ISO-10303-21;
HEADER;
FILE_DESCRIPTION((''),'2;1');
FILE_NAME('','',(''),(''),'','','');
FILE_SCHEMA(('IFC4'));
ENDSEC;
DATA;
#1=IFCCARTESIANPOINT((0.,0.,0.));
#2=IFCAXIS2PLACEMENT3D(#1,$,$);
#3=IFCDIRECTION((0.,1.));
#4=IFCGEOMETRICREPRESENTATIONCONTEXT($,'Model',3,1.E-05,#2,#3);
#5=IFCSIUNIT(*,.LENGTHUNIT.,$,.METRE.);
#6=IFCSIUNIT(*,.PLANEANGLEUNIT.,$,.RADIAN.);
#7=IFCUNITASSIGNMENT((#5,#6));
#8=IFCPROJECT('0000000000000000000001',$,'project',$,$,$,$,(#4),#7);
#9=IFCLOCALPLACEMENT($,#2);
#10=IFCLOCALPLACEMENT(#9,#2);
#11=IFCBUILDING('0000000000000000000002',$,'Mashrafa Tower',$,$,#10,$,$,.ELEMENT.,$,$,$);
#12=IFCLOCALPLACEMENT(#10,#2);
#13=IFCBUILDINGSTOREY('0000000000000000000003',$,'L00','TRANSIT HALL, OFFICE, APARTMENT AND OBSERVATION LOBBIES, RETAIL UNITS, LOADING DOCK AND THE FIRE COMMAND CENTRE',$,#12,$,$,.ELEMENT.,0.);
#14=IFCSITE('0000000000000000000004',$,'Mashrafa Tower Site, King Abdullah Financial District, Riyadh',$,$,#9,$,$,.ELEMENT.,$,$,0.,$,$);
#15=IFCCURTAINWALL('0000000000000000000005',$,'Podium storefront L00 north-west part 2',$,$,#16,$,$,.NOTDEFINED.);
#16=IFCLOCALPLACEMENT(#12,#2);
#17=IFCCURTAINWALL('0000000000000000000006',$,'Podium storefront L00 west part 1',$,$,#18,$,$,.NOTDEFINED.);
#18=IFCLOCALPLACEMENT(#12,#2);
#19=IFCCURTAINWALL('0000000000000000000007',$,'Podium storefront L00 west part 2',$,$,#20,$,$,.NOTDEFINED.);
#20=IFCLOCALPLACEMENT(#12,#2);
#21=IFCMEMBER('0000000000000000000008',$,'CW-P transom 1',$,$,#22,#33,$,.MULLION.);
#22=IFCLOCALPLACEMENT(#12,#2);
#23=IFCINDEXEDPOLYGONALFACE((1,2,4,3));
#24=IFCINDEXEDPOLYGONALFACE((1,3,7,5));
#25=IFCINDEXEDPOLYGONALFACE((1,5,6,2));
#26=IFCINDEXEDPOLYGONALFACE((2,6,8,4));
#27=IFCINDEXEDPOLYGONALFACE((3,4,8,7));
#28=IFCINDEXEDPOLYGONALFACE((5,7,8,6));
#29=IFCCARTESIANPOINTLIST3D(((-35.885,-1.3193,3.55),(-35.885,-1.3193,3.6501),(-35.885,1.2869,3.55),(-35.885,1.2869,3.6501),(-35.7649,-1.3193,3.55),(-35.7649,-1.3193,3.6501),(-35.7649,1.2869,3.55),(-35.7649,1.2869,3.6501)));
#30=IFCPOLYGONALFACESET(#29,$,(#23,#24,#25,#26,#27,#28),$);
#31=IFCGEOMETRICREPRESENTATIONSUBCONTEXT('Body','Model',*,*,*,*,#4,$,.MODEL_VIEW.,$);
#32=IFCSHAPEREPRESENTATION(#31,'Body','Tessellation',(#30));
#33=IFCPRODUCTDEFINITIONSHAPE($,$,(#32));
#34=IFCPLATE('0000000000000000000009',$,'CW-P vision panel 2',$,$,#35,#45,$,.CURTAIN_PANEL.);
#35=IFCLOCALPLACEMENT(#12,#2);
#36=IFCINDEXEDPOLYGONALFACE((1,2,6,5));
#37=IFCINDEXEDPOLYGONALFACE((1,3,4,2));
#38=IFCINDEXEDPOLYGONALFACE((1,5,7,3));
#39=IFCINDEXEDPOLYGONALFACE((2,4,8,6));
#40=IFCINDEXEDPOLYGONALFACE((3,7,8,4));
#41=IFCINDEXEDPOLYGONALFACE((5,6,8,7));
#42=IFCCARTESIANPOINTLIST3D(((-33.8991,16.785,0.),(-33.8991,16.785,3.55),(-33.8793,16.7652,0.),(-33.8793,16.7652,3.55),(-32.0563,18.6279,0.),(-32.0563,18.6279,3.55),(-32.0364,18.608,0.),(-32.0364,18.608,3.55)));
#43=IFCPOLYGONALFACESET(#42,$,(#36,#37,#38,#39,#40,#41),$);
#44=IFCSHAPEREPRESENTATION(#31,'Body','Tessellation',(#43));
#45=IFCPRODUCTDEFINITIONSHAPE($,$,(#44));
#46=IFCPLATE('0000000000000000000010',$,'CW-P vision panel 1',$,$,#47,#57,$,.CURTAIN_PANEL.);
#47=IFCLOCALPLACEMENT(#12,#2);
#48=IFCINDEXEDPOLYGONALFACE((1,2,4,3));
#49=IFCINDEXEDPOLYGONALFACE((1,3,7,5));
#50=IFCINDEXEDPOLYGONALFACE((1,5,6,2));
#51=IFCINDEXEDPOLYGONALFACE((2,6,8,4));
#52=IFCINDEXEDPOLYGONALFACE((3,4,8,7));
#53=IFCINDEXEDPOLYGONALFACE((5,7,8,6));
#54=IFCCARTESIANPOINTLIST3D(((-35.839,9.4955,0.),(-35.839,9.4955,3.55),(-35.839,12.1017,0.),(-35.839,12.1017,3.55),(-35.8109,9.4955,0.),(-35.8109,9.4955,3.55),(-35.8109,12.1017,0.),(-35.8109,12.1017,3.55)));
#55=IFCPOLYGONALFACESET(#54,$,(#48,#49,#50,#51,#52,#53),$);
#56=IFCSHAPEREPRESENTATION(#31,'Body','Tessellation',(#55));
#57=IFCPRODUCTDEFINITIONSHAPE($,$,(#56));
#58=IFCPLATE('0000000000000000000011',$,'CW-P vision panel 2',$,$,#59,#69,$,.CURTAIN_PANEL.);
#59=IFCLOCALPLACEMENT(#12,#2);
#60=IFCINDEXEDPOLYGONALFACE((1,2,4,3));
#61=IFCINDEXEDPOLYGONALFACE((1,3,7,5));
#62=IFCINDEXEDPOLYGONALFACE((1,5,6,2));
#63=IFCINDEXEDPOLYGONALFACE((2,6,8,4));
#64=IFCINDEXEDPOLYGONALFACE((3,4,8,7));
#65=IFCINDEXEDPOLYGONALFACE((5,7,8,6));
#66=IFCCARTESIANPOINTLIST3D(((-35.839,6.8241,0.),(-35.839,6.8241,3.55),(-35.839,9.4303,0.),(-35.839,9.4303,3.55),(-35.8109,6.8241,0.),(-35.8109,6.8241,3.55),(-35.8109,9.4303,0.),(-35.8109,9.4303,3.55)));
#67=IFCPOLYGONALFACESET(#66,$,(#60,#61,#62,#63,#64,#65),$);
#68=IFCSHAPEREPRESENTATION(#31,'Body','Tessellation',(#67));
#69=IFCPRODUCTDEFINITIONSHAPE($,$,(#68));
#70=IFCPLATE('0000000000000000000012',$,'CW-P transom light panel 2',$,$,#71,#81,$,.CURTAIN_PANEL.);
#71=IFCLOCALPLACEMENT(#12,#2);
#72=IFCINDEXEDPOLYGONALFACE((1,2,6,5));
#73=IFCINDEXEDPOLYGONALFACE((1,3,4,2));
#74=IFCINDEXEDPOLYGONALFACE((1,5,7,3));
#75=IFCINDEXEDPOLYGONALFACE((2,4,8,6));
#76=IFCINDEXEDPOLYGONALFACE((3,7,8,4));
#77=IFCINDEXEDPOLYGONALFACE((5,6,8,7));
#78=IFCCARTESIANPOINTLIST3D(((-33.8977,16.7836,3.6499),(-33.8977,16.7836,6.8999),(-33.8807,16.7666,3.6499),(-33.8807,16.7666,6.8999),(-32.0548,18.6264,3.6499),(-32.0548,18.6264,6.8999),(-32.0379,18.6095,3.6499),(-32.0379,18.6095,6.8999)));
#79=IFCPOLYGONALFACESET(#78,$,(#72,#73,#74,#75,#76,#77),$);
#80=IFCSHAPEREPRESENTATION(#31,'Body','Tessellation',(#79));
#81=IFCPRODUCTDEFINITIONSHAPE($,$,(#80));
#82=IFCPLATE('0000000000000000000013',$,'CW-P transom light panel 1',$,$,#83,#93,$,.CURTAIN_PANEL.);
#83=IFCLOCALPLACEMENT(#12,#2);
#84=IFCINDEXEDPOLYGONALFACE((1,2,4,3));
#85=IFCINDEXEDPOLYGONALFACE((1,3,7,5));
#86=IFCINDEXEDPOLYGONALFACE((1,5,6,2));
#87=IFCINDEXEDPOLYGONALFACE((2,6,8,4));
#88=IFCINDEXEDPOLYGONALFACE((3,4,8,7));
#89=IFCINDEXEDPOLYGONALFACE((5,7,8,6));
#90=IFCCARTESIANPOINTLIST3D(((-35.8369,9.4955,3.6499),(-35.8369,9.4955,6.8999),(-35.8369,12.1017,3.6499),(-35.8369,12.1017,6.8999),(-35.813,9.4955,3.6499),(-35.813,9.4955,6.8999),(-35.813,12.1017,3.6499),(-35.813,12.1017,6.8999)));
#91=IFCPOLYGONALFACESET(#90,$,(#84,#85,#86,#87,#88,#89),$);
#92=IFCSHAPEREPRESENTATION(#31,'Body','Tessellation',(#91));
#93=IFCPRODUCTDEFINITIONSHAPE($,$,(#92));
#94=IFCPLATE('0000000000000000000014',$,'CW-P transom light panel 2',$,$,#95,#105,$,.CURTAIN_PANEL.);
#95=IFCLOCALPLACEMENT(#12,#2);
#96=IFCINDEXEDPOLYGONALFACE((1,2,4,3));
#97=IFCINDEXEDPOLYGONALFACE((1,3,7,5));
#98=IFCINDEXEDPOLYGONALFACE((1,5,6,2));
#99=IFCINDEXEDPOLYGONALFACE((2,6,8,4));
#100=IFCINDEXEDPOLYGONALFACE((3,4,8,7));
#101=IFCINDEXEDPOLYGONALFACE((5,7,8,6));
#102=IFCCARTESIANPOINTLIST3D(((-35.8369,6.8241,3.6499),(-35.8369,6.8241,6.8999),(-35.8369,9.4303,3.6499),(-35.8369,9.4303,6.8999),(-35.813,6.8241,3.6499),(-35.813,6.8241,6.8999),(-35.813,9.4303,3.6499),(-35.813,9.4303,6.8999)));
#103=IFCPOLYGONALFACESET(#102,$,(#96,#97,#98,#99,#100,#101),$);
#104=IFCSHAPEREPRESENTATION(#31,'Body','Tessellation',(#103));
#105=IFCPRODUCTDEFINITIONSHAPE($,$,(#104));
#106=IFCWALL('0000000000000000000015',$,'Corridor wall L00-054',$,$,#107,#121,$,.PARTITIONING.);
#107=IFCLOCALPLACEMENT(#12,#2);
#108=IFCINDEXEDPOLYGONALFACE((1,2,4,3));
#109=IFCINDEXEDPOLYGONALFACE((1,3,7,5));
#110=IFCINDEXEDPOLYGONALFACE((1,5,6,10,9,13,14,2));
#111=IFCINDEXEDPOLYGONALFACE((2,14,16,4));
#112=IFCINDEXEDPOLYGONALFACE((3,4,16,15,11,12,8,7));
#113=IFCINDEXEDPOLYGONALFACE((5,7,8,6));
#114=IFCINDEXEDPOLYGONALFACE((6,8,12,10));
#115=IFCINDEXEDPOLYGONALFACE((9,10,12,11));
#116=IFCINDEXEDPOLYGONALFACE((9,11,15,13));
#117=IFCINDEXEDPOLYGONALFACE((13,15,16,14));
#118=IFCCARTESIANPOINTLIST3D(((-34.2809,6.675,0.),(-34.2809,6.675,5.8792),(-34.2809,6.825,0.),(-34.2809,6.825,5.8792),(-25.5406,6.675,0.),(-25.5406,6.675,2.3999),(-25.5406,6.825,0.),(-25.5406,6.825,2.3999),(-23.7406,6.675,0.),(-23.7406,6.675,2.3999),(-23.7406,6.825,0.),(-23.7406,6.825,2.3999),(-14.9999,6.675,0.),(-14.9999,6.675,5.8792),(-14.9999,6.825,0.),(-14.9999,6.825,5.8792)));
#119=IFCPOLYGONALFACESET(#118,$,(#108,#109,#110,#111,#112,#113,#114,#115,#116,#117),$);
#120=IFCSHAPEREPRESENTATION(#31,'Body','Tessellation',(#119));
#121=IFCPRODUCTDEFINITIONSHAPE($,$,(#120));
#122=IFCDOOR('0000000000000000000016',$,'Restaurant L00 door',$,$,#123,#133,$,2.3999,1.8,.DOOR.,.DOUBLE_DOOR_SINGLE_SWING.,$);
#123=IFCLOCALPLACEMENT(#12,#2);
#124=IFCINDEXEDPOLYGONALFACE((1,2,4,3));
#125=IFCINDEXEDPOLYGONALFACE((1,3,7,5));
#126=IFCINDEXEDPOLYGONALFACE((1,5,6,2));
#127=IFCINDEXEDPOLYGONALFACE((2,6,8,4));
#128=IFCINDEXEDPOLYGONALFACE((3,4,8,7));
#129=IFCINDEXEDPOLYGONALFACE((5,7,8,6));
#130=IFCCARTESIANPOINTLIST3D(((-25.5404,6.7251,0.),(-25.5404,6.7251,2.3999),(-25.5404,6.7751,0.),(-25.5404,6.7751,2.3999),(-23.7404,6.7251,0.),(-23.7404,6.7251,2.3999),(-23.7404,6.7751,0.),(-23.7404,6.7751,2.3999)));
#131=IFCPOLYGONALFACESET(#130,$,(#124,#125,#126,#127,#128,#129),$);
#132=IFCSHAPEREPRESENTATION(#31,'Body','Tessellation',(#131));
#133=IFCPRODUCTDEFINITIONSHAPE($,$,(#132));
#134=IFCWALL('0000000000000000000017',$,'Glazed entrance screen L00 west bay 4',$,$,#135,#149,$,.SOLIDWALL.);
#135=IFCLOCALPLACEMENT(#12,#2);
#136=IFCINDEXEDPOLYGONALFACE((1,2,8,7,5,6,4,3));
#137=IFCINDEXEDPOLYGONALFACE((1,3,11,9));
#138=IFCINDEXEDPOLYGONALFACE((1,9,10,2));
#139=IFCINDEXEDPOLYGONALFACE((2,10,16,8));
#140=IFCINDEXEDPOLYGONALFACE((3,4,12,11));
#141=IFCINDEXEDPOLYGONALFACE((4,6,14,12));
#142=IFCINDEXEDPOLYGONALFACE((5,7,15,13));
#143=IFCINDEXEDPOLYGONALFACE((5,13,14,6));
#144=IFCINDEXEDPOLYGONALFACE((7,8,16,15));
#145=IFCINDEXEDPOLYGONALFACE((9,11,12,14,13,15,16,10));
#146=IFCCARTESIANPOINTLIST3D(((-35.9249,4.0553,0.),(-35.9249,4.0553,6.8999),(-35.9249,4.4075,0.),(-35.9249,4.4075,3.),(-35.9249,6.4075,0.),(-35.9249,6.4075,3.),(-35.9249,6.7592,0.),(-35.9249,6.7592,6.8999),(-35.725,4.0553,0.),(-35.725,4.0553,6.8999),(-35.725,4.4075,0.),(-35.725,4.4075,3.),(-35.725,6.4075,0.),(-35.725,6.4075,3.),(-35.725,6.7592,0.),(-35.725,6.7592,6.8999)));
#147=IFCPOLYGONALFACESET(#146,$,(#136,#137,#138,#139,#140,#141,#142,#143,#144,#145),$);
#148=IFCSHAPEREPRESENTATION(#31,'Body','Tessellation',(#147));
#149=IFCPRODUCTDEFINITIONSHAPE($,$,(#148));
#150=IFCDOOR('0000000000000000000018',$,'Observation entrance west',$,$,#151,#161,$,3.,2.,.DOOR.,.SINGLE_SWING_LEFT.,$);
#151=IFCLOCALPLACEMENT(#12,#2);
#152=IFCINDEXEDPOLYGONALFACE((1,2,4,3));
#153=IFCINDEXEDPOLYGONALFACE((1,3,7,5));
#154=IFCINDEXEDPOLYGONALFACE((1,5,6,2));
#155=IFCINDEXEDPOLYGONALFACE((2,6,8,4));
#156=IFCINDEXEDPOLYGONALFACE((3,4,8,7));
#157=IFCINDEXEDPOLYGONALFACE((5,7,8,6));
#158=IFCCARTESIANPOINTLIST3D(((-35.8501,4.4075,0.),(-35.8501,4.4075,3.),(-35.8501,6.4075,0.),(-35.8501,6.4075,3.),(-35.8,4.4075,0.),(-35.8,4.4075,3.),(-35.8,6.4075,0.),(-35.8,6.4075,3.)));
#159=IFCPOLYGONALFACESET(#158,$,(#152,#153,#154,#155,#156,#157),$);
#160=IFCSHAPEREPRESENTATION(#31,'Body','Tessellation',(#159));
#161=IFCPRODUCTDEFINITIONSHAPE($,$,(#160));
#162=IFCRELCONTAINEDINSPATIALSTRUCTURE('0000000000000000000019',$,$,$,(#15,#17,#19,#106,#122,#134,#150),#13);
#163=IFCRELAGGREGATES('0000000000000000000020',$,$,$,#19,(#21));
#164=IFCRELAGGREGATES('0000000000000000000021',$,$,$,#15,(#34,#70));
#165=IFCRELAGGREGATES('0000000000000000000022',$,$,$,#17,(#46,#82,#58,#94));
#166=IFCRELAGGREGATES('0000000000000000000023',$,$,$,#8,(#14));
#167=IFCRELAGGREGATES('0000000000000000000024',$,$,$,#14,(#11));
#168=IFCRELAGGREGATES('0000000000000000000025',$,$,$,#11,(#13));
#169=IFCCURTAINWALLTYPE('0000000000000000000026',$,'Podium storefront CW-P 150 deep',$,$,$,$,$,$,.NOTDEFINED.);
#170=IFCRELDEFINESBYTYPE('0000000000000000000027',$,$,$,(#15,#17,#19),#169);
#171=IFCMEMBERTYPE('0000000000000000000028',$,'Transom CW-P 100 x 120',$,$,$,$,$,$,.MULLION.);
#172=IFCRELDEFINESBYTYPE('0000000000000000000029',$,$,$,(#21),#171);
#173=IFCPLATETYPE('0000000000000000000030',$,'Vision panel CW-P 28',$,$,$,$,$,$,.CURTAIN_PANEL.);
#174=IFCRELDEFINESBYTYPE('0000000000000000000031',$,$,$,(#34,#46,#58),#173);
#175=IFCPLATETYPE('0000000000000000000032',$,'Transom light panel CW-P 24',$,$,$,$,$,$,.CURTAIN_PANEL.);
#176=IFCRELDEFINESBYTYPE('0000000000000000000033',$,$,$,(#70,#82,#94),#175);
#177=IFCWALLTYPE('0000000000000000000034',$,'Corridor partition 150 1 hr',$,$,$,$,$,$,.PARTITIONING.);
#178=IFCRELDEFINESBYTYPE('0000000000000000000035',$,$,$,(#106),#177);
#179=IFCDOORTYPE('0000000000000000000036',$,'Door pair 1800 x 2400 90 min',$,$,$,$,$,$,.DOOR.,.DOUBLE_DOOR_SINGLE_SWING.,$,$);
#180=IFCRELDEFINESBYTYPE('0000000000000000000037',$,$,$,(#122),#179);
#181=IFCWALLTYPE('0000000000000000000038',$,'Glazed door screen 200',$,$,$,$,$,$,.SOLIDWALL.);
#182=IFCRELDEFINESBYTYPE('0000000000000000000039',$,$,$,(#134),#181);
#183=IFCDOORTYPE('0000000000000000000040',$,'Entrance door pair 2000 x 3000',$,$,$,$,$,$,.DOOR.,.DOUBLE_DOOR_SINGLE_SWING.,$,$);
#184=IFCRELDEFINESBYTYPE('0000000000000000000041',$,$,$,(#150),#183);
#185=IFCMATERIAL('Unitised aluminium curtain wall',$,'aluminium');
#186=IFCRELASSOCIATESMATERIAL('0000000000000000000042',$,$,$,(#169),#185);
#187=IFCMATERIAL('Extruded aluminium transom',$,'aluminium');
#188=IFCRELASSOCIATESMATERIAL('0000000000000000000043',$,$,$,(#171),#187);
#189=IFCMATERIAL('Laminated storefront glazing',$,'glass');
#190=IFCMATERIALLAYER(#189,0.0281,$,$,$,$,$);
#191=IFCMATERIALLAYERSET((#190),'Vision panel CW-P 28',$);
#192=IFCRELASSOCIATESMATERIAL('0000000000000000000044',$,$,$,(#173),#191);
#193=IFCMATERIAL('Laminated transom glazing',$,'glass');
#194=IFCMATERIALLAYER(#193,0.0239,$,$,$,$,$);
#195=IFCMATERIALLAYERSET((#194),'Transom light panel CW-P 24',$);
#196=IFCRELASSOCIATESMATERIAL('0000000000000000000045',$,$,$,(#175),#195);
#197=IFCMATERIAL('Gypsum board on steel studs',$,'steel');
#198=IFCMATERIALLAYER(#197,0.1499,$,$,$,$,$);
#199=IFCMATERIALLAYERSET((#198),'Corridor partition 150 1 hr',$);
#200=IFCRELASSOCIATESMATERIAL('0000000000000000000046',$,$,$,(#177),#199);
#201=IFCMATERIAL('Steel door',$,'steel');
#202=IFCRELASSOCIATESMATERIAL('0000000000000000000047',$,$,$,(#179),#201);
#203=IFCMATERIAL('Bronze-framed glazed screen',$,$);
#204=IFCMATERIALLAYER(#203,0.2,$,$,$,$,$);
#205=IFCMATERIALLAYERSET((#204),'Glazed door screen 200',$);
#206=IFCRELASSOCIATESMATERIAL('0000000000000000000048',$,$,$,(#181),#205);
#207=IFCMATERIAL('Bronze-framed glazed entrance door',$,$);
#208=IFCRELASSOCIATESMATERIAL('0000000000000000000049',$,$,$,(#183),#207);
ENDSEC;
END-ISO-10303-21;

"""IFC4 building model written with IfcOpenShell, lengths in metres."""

from ifc_helpers import new_model, si_unit, direction, frame, frame_2d, origin, origin_2d, place, context, subcontext, project, spatial, rectangle, extrude, source, transform, mapped, material, layer, layer_set, material_profile, profile_set, type_object, type_shapes, element, fill, aggregate, save


model = new_model("IFC4")

# Units and contexts
model_context = context("Model", 3, precision=1e-05, world=origin(), true_north=direction((0.0, 1.0)))
body_context = subcontext(model_context, "Body", "Model", "MODEL_VIEW")
ifc_project = project(units=[si_unit("LENGTHUNIT", "METRE"), si_unit("PLANEANGLEUNIT", "RADIAN")], contexts=[model_context])

# Site, building, storey
site_placement = place(None, origin())
site = spatial("IfcSite", under=ifc_project, at=site_placement, Name="Mashrafa Tower Site, King Abdullah Financial District, Riyadh", CompositionType="ELEMENT", RefElevation=0.0)
building_placement = place(site_placement, origin())
building = spatial("IfcBuilding", under=site, at=building_placement, Name="Mashrafa Tower", CompositionType="ELEMENT")
storey_placement = place(building_placement, origin())
storey = spatial("IfcBuildingStorey", under=building, at=storey_placement, Name="L00", Description="TRANSIT HALL, OFFICE, APARTMENT AND OBSERVATION LOBBIES, RETAIL UNITS, LOADING DOCK AND THE FIRE COMMAND CENTRE", CompositionType="ELEMENT", Elevation=0.0)

# Curtain wall
ifc_material_1 = material(Name="Unitised aluminium curtain wall", Category="aluminium")
curtain_wall_type = type_object("IfcCurtainWallType", Name="Podium storefront CW-P 150 deep", PredefinedType="NOTDEFINED", material=ifc_material_1)
curtain_wall_1_placement = place(storey_placement, origin())
curtain_wall_1 = element("IfcCurtainWall", 1, at=curtain_wall_1_placement, inside=storey, type_object=curtain_wall_type, Name="Podium storefront L00 north-west part 2", PredefinedType="NOTDEFINED")

# Curtain wall
curtain_wall_2_placement = place(storey_placement, origin())
curtain_wall_2 = element("IfcCurtainWall", 2, at=curtain_wall_2_placement, inside=storey, type_object=curtain_wall_type, Name="Podium storefront L00 west part 1", PredefinedType="NOTDEFINED")

# Curtain wall
curtain_wall_3_placement = place(storey_placement, origin())
curtain_wall_3 = element("IfcCurtainWall", 3, at=curtain_wall_3_placement, inside=storey, type_object=curtain_wall_type, Name="Podium storefront L00 west part 2", PredefinedType="NOTDEFINED")

# Member
ifc_material_2 = material(Name="Extruded aluminium transom", Category="aluminium")
ifc_material_profile_1 = material_profile(ifc_material_2, rectangle(XDim=0.1201, YDim=0.1001, at=origin_2d()), Name="Transom 100x120")
ifc_profile_set_1 = profile_set([ifc_material_profile_1], Name="Extruded aluminium transom")
member_type_1 = type_object("IfcMemberType", Name="Transom CW-P 100 x 120", PredefinedType="MULLION", material=ifc_profile_set_1)
shared_shape_1 = source(origin(), body_context, "Body", "SweptSolid", [
    extrude(rectangle(XDim=0.1201, YDim=0.1001, at=origin_2d()), origin(), (0.0, 0.0, 1.0), 2.6062),
])
type_shapes(member_type_1, [shared_shape_1])
member_1_placement = place(storey_placement, frame((-35.825, 1.2869, 3.6001), z_axis=(0.0, -1.0, 0.0), x_axis=(1.0, 0.0, 0.0)))
member_1 = element("IfcMember", 4, at=member_1_placement, type_object=member_type_1, Name="CW-P transom 1", PredefinedType="MULLION", context=body_context, shape_type="MappedRepresentation", body=[
    mapped(shared_shape_1, transform((0.0, 0.0, 0.0))),
])
aggregate(curtain_wall_3, [member_1])

# Plates
ifc_material_3 = material(Name="Laminated storefront glazing", Category="glass")
ifc_layer_1 = layer(ifc_material_3, 0.0281)
ifc_layer_set_1 = layer_set([ifc_layer_1], Name="Vision panel CW-P 28")
plate_type_1 = type_object("IfcPlateType", Name="Vision panel CW-P 28", PredefinedType="CURTAIN_PANEL", material=ifc_layer_set_1)
shared_shape_2 = source(origin(), body_context, "Body", "SweptSolid", [
    extrude(rectangle(XDim=2.6062, YDim=0.0281, at=origin_2d()), origin(), (0.0, 0.0, 1.0), 3.55),
])
type_shapes(plate_type_1, [shared_shape_2])
plate_1_placement = place(storey_placement, frame((-32.9678, 17.6965, 0.0), z_axis=(0.0, 0.0, 1.0), x_axis=(-0.707107, -0.707107, 0.0)))
plate_1 = element("IfcPlate", 5, at=plate_1_placement, type_object=plate_type_1, Name="CW-P vision panel 2", PredefinedType="CURTAIN_PANEL", context=body_context, shape_type="MappedRepresentation", body=[
    mapped(shared_shape_2, transform((0.0, 0.0, 0.0))),
])
plate_2_placement = place(storey_placement, frame((-35.825, 10.7986, 0.0), z_axis=(0.0, 0.0, 1.0), x_axis=(0.0, -1.0, 0.0)))
plate_2 = element("IfcPlate", 6, at=plate_2_placement, type_object=plate_type_1, Name="CW-P vision panel 1", PredefinedType="CURTAIN_PANEL", context=body_context, shape_type="MappedRepresentation", body=[
    mapped(shared_shape_2, transform((0.0, 0.0, 0.0))),
])
plate_3_placement = place(storey_placement, frame((-35.825, 8.1272, 0.0), z_axis=(0.0, 0.0, 1.0), x_axis=(0.0, -1.0, 0.0)))
plate_3 = element("IfcPlate", 7, at=plate_3_placement, type_object=plate_type_1, Name="CW-P vision panel 2", PredefinedType="CURTAIN_PANEL", context=body_context, shape_type="MappedRepresentation", body=[
    mapped(shared_shape_2, transform((0.0, 0.0, 0.0))),
])
ifc_material_4 = material(Name="Laminated transom glazing", Category="glass")
ifc_layer_2 = layer(ifc_material_4, 0.0239)
ifc_layer_set_2 = layer_set([ifc_layer_2], Name="Transom light panel CW-P 24")
plate_type_2 = type_object("IfcPlateType", Name="Transom light panel CW-P 24", PredefinedType="CURTAIN_PANEL", material=ifc_layer_set_2)
shared_shape_3 = source(origin(), body_context, "Body", "SweptSolid", [
    extrude(rectangle(XDim=2.6062, YDim=0.0239, at=origin_2d()), origin(), (0.0, 0.0, 1.0), 3.25),
])
type_shapes(plate_type_2, [shared_shape_3])
plate_4_placement = place(storey_placement, frame((-32.9678, 17.6965, 3.6499), z_axis=(0.0, 0.0, 1.0), x_axis=(-0.707107, -0.707107, 0.0)))
plate_4 = element("IfcPlate", 8, at=plate_4_placement, type_object=plate_type_2, Name="CW-P transom light panel 2", PredefinedType="CURTAIN_PANEL", context=body_context, shape_type="MappedRepresentation", body=[
    mapped(shared_shape_3, transform((0.0, 0.0, 0.0))),
])
aggregate(curtain_wall_1, [plate_1, plate_4])
plate_5_placement = place(storey_placement, frame((-35.825, 10.7986, 3.6499), z_axis=(0.0, 0.0, 1.0), x_axis=(0.0, -1.0, 0.0)))
plate_5 = element("IfcPlate", 9, at=plate_5_placement, type_object=plate_type_2, Name="CW-P transom light panel 1", PredefinedType="CURTAIN_PANEL", context=body_context, shape_type="MappedRepresentation", body=[
    mapped(shared_shape_3, transform((0.0, 0.0, 0.0))),
])
plate_6_placement = place(storey_placement, frame((-35.825, 8.1272, 3.6499), z_axis=(0.0, 0.0, 1.0), x_axis=(0.0, -1.0, 0.0)))
plate_6 = element("IfcPlate", 10, at=plate_6_placement, type_object=plate_type_2, Name="CW-P transom light panel 2", PredefinedType="CURTAIN_PANEL", context=body_context, shape_type="MappedRepresentation", body=[
    mapped(shared_shape_3, transform((0.0, 0.0, 0.0))),
])
aggregate(curtain_wall_2, [plate_2, plate_5, plate_3, plate_6])

# Walls, openings, doors
ifc_material_5 = material(Name="Gypsum board on steel studs", Category="steel")
ifc_layer_3 = layer(ifc_material_5, 0.1499)
ifc_layer_set_3 = layer_set([ifc_layer_3], Name="Corridor partition 150 1 hr")
wall_type_1 = type_object("IfcWallType", Name="Corridor partition 150 1 hr", PredefinedType="PARTITIONING", material=ifc_layer_set_3)
wall_1_placement = place(storey_placement, frame((-34.281, 6.75, 0.0), z_axis=(0.0, 0.0, 1.0), x_axis=(1.0, 0.0, 0.0)))
wall_1 = element("IfcWall", 11, at=wall_1_placement, inside=storey, type_object=wall_type_1, Name="Corridor wall L00-054", PredefinedType="PARTITIONING", context=body_context, shape_type="SweptSolid", body=[
    extrude(rectangle(XDim=19.281, YDim=0.1499, at=frame_2d((9.6406, 0.0))), origin(), (0.0, 0.0, 1.0), 5.8792),
])
opening_1_placement = place(wall_1_placement, frame((8.7405, 0.0, 0.0)))
opening_1 = element("IfcOpeningElement", 12, at=opening_1_placement, cuts=wall_1, PredefinedType="OPENING", context=body_context, shape_type="SweptSolid", body=[
    extrude(rectangle(XDim=1.8, YDim=2.3999, at=frame_2d((0.8999, 1.2))), frame((0.0, 0.085, 0.0), z_axis=(0.0, -1.0, 0.0), x_axis=(1.0, 0.0, 0.0)), (0.0, 0.0, 1.0), 0.1699),
])
ifc_material_6 = material(Name="Steel door", Category="steel")
door_type_1 = type_object("IfcDoorType", Name="Door pair 1800 x 2400 90 min", OperationType="DOUBLE_DOOR_SINGLE_SWING", PredefinedType="DOOR", material=ifc_material_6)
door_1_placement = place(opening_1_placement, frame((1.8, 0.0, 0.0), z_axis=(0.0, 0.0, 1.0), x_axis=(-1.0, 0.0, 0.0)))
door_1 = element("IfcDoor", 13, at=door_1_placement, inside=storey, type_object=door_type_1, Name="Restaurant L00 door", OperationType="DOUBLE_DOOR_SINGLE_SWING", OverallHeight=2.3999, OverallWidth=1.8, PredefinedType="DOOR", context=body_context, shape_type="SweptSolid", body=[
    extrude(rectangle(XDim=1.8, YDim=2.3999, at=frame_2d((0.8999, 1.2))), frame((0.0, 0.0249, 0.0), z_axis=(0.0, -1.0, 0.0), x_axis=(1.0, 0.0, 0.0)), (0.0, 0.0, 1.0), 0.05),
])
fill(opening_1, door_1)
ifc_material_7 = material(Name="Bronze-framed glazed screen")
ifc_layer_4 = layer(ifc_material_7, 0.2)
ifc_layer_set_4 = layer_set([ifc_layer_4], Name="Glazed door screen 200")
wall_type_2 = type_object("IfcWallType", Name="Glazed door screen 200", PredefinedType="SOLIDWALL", material=ifc_layer_set_4)
wall_2_placement = place(storey_placement, frame((-35.825, 6.7593, 0.0), z_axis=(0.0, 0.0, 1.0), x_axis=(0.0, -1.0, 0.0)))
wall_2 = element("IfcWall", 14, at=wall_2_placement, inside=storey, type_object=wall_type_2, Name="Glazed entrance screen L00 west bay 4", PredefinedType="SOLIDWALL", context=body_context, shape_type="SweptSolid", body=[
    extrude(rectangle(XDim=2.7039, YDim=0.2, at=frame_2d((1.3521, 0.0))), origin(), (0.0, 0.0, 1.0), 6.8999),
])
opening_2_placement = place(wall_2_placement, frame((0.3518, 0.0, 0.0)))
opening_2 = element("IfcOpeningElement", 15, at=opening_2_placement, cuts=wall_2, PredefinedType="OPENING", context=body_context, shape_type="SweptSolid", body=[
    extrude(rectangle(XDim=2.0, YDim=3.0, at=frame_2d((1.0, 1.5))), frame((0.0, 0.1099, 0.0), z_axis=(0.0, -1.0, 0.0), x_axis=(1.0, 0.0, 0.0)), (0.0, 0.0, 1.0), 0.22),
])
ifc_material_8 = material(Name="Bronze-framed glazed entrance door")
door_type_2 = type_object("IfcDoorType", Name="Entrance door pair 2000 x 3000", OperationType="DOUBLE_DOOR_SINGLE_SWING", PredefinedType="DOOR", material=ifc_material_8)
door_2_placement = place(opening_2_placement, origin())
door_2 = element("IfcDoor", 16, at=door_2_placement, inside=storey, type_object=door_type_2, Name="Observation entrance west", OperationType="SINGLE_SWING_LEFT", OverallHeight=3.0, OverallWidth=2.0, PredefinedType="DOOR", context=body_context, shape_type="SweptSolid", body=[
    extrude(rectangle(XDim=2.0, YDim=3.0, at=frame_2d((1.0, 1.5))), frame((0.0, 0.0249, 0.0), z_axis=(0.0, -1.0, 0.0), x_axis=(1.0, 0.0, 0.0)), (0.0, 0.0, 1.0), 0.05),
])
fill(opening_2, door_2)

save(model, "model.ifc")
